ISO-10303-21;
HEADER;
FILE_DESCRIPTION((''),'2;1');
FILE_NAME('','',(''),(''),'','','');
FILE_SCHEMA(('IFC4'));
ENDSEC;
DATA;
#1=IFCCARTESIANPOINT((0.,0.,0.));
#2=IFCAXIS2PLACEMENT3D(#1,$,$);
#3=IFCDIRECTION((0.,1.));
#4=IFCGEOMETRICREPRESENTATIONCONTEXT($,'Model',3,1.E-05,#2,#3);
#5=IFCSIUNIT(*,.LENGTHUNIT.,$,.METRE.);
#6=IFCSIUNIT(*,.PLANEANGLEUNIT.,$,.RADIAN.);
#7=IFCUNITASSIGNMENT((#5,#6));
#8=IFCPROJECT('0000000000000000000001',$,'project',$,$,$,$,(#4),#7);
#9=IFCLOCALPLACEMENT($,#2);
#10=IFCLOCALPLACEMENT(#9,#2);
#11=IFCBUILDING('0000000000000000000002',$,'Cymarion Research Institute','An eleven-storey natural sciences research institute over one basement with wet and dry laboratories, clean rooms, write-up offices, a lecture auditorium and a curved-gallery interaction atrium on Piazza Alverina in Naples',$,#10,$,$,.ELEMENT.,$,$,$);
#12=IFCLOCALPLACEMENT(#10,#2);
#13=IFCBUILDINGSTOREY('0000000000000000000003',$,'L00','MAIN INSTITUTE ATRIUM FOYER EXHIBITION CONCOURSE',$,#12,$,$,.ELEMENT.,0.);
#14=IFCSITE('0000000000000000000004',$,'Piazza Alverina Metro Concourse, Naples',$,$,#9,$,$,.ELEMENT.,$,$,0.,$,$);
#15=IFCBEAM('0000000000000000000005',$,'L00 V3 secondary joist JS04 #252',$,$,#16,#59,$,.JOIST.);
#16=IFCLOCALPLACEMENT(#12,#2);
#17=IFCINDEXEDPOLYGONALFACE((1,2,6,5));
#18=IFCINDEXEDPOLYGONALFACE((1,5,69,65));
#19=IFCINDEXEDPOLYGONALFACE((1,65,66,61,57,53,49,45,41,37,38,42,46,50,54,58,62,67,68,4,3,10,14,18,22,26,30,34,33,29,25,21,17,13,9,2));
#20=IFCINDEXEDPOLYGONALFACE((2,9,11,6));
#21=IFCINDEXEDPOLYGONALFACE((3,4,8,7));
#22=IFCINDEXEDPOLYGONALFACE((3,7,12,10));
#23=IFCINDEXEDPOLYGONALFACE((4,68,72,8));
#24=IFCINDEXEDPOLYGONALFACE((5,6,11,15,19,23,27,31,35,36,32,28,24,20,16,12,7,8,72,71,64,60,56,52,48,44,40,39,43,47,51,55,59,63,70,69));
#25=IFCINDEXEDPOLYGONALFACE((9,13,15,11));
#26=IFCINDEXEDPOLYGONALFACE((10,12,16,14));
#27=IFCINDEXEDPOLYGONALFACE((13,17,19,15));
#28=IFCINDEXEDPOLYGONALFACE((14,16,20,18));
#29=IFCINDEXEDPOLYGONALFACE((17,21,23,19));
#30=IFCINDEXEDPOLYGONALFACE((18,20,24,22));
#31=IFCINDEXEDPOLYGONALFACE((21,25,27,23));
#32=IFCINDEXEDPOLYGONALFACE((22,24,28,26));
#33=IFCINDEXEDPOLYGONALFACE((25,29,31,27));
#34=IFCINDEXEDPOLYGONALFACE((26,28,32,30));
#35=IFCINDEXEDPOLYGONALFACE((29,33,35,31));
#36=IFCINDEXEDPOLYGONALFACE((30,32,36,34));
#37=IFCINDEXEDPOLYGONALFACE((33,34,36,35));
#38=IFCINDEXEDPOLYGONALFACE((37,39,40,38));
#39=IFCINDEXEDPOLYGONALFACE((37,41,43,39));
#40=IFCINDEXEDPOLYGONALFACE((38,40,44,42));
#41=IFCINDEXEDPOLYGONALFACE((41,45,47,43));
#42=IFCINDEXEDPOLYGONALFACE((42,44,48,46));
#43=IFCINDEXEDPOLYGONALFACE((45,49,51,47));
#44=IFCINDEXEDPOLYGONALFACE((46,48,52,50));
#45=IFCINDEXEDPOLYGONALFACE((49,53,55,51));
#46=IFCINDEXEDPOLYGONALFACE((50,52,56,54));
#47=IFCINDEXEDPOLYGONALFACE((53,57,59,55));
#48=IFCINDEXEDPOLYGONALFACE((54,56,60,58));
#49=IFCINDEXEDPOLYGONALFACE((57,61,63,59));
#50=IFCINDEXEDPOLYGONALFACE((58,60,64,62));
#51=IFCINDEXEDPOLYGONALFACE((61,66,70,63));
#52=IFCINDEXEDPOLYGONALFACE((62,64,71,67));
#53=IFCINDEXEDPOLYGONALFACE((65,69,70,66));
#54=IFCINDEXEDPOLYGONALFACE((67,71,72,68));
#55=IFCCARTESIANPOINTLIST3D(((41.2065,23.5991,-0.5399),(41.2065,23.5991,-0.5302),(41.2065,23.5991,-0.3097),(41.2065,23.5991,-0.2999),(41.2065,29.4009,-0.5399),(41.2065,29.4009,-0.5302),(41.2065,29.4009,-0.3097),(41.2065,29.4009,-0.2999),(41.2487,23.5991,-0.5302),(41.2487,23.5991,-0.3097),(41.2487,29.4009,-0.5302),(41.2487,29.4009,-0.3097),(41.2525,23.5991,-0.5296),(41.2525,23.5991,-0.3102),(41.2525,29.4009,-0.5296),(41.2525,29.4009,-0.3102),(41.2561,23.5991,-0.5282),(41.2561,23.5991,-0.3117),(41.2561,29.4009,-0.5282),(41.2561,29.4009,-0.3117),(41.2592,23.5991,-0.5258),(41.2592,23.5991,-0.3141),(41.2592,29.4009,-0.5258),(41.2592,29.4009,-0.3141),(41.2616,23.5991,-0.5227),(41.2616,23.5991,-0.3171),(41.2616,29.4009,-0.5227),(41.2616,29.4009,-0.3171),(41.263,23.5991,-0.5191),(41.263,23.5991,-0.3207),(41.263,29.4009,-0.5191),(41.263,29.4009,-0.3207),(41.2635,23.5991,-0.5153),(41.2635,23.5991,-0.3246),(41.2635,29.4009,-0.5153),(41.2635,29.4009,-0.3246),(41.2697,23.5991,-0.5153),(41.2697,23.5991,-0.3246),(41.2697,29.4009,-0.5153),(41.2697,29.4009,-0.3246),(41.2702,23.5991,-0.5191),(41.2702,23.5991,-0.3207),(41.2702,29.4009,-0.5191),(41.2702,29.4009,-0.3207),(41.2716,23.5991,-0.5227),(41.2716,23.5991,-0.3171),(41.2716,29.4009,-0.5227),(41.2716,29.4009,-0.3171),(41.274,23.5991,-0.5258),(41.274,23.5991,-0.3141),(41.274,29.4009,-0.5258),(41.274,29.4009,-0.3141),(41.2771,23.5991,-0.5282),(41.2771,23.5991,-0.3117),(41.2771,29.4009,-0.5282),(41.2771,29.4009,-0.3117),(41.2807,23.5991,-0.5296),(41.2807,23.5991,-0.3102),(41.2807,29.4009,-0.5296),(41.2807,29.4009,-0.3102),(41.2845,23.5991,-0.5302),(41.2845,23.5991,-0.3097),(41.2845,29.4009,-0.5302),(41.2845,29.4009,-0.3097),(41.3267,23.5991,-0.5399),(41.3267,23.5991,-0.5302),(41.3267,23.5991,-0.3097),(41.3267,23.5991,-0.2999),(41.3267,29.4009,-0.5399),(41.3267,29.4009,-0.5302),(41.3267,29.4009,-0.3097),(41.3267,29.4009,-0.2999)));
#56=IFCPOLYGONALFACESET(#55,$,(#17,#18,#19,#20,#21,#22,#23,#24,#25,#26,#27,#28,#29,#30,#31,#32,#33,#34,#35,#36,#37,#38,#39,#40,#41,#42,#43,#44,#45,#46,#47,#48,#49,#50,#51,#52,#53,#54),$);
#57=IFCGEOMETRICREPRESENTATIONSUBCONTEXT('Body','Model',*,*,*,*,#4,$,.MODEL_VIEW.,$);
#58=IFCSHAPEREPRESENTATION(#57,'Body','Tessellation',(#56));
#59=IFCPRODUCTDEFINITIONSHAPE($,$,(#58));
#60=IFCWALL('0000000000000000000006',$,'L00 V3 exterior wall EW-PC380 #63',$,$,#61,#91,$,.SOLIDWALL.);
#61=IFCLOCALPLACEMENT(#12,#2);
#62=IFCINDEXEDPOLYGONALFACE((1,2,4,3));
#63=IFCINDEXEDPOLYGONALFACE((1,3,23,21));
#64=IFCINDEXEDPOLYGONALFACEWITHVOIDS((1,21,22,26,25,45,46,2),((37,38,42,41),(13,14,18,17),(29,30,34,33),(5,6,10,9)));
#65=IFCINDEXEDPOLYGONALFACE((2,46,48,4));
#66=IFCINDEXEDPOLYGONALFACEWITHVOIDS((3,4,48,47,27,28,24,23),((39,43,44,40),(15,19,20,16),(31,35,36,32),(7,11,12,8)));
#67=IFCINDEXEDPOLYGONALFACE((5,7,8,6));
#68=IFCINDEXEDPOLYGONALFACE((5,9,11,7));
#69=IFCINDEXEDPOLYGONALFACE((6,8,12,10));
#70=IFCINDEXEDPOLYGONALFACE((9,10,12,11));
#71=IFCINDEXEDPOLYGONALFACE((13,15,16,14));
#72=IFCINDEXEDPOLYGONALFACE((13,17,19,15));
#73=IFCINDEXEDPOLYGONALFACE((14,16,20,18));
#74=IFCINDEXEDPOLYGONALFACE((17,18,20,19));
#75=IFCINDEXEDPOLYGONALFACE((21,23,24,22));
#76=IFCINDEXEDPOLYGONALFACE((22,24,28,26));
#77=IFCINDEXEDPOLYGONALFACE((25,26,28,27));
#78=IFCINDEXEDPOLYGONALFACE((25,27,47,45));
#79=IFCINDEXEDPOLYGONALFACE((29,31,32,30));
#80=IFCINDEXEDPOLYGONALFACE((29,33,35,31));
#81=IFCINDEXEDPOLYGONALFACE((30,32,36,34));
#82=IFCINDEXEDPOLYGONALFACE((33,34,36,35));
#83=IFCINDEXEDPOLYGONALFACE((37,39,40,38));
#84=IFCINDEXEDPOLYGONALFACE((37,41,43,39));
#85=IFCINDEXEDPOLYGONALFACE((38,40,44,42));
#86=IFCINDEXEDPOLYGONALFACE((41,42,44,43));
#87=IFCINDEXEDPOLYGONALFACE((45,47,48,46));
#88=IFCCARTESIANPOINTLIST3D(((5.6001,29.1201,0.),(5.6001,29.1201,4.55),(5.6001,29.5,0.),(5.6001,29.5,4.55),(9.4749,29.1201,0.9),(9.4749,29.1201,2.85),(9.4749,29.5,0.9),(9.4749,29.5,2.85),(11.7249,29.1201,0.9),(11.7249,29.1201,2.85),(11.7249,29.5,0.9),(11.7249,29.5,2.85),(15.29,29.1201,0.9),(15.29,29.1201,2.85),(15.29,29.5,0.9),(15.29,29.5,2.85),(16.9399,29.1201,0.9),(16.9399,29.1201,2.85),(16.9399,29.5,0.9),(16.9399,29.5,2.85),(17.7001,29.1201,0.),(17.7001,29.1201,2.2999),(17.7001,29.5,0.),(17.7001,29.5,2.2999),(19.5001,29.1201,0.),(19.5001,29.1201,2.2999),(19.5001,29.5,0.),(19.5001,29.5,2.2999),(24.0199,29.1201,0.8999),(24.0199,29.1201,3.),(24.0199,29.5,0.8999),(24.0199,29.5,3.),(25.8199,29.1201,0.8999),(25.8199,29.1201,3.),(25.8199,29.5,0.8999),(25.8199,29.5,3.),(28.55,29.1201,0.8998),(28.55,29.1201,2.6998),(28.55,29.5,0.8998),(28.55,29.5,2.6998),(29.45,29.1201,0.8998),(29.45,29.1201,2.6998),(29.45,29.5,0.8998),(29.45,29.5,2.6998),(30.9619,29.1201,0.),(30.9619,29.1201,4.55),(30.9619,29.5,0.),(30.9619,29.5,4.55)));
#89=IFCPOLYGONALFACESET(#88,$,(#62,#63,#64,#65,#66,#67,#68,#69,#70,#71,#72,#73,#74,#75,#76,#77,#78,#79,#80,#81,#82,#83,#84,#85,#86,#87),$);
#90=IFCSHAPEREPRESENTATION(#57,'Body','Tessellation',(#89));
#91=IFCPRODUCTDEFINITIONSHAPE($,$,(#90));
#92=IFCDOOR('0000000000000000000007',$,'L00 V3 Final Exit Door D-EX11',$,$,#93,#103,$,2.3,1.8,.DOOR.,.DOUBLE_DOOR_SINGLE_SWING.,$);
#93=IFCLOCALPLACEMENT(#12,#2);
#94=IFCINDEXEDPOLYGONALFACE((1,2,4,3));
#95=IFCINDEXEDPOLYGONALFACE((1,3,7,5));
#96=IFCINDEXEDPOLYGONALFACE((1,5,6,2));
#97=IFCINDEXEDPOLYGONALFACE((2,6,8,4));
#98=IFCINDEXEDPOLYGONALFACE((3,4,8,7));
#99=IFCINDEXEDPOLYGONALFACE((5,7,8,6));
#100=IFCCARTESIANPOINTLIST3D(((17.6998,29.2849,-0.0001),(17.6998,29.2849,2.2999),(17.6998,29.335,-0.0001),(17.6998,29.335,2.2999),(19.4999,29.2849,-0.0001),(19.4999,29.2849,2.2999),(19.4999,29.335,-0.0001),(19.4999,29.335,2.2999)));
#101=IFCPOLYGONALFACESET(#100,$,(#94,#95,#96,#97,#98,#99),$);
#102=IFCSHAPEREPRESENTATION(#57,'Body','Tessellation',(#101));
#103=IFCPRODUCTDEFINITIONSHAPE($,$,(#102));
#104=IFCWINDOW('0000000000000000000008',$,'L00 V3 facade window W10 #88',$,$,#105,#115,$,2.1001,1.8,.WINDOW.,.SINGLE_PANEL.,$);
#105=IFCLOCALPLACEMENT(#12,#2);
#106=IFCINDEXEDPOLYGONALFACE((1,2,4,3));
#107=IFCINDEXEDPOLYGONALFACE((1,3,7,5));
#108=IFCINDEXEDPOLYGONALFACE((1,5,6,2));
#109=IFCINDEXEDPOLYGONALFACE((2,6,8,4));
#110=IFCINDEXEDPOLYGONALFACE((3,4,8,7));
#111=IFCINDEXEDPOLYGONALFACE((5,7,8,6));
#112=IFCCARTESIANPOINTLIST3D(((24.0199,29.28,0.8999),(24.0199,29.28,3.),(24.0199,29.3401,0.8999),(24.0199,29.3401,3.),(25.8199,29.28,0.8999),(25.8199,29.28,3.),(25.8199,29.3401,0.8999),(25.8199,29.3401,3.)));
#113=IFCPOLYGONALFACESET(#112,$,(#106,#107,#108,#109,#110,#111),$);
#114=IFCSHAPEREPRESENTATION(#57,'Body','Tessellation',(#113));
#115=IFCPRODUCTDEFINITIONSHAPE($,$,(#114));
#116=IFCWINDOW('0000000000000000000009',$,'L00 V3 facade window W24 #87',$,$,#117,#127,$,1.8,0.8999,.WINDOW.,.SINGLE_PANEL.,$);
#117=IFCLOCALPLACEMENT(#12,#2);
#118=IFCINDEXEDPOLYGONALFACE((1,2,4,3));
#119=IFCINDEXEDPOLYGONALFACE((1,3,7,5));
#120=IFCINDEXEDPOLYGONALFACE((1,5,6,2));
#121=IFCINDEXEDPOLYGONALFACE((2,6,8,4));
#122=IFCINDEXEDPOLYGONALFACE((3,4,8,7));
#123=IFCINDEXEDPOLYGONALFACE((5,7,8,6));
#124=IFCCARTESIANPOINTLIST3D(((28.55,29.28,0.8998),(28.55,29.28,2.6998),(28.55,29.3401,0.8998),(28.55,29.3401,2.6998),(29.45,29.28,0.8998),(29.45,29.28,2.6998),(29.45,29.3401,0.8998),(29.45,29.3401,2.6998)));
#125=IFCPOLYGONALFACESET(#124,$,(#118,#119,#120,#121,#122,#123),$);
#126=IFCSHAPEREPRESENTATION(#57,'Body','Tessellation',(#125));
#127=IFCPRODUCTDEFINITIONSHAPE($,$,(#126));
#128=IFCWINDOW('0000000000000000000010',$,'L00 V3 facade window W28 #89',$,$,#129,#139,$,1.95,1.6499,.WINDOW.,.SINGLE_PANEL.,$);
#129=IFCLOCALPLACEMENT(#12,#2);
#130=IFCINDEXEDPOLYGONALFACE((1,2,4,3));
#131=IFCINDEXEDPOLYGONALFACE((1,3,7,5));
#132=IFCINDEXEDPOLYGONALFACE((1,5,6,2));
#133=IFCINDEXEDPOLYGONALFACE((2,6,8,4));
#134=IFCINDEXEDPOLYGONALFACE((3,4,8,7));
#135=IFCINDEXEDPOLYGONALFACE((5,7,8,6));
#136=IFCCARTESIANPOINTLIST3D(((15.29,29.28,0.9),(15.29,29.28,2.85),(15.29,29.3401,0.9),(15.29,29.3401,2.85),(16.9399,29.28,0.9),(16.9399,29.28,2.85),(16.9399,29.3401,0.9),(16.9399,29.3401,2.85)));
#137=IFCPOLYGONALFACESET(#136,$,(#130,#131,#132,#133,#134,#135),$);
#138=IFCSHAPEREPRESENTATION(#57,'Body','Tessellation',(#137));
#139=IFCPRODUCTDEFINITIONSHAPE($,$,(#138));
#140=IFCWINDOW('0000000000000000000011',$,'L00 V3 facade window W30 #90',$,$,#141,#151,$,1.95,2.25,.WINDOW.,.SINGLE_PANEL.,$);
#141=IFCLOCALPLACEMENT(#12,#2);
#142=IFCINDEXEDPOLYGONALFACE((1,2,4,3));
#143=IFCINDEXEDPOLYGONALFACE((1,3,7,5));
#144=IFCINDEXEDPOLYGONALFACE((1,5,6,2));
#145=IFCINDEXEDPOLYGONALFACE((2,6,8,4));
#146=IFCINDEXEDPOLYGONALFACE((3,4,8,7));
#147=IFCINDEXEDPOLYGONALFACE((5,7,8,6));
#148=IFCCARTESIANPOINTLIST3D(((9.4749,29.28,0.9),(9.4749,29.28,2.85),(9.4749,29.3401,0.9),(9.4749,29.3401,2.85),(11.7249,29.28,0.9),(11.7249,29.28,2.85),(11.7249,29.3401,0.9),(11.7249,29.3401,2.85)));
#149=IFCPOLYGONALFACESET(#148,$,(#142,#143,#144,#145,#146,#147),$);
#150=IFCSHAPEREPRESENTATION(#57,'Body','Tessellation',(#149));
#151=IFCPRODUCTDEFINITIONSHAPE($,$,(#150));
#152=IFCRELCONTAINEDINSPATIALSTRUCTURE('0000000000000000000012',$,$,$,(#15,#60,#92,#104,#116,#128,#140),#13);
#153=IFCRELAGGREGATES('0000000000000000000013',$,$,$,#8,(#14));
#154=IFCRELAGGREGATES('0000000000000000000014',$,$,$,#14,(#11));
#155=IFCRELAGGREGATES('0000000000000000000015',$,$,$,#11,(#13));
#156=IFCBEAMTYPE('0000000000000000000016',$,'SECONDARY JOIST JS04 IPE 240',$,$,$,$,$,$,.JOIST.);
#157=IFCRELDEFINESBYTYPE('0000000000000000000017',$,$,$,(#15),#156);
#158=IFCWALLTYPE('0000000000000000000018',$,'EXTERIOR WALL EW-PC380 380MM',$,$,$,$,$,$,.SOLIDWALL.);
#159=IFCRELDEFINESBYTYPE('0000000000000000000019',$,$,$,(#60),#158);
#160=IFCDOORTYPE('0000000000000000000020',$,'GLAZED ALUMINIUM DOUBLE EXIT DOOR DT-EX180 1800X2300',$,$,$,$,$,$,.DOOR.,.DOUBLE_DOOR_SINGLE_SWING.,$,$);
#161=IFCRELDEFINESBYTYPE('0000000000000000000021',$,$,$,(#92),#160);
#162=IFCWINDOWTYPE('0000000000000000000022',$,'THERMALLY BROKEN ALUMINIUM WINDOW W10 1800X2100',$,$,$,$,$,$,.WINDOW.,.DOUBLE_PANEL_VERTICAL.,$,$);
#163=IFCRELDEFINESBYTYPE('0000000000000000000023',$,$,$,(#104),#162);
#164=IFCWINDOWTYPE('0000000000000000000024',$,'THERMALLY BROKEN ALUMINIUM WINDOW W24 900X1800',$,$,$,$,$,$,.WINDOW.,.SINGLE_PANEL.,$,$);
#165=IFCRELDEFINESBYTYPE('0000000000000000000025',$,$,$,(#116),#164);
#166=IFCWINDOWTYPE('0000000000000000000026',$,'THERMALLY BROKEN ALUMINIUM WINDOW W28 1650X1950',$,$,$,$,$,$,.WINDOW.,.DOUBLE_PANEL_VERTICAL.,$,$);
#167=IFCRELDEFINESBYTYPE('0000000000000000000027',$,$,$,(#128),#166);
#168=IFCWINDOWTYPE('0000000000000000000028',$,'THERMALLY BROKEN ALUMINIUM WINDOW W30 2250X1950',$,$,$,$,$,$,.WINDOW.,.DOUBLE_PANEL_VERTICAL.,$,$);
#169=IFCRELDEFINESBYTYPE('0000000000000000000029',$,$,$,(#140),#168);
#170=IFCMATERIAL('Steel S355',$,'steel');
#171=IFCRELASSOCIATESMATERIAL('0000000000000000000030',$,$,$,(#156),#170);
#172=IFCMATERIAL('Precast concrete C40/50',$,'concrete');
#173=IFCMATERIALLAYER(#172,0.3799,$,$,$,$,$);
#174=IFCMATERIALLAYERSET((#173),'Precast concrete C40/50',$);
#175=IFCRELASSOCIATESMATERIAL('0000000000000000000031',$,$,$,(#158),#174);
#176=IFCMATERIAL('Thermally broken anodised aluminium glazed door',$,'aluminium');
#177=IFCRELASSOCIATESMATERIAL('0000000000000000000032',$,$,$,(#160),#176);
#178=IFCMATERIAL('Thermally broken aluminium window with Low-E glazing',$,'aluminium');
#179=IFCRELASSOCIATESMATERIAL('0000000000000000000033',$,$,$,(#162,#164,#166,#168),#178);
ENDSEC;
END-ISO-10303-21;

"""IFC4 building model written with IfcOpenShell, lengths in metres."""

from ifc_helpers import new_model, si_unit, direction, frame, frame_2d, origin, origin_2d, place, context, subcontext, project, spatial, rectangle, i_section, extrude, material, layer, layer_set, material_profile, profile_set, type_object, element, fill, save


model = new_model("IFC4")

# Units and contexts
model_context = context("Model", 3, precision=1e-05, world=origin(), true_north=direction((0.0, 1.0)))
body_context = subcontext(model_context, "Body", "Model", "MODEL_VIEW")
ifc_project = project(units=[si_unit("LENGTHUNIT", "METRE"), si_unit("PLANEANGLEUNIT", "RADIAN")], contexts=[model_context])

# Site, building, storey
site_placement = place(None, origin())
site = spatial("IfcSite", under=ifc_project, at=site_placement, Name="Piazza Alverina Metro Concourse, Naples", CompositionType="ELEMENT", RefElevation=0.0)
building_placement = place(site_placement, origin())
building = spatial("IfcBuilding", under=site, at=building_placement, Name="Cymarion Research Institute", Description="An eleven-storey natural sciences research institute over one basement with wet and dry laboratories, clean rooms, write-up offices, a lecture auditorium and a curved-gallery interaction atrium on Piazza Alverina in Naples", CompositionType="ELEMENT")
storey_placement = place(building_placement, origin())
storey = spatial("IfcBuildingStorey", under=building, at=storey_placement, Name="L00", Description="MAIN INSTITUTE ATRIUM FOYER EXHIBITION CONCOURSE", CompositionType="ELEMENT", Elevation=0.0)

# Shared definitions
ifc_material_1 = material(Name="Steel S355", Category="steel")

# Beam
ifc_material_profile_1 = material_profile(ifc_material_1, i_section(OverallWidth=0.1201, OverallDepth=0.24, WebThickness=0.0061, FlangeThickness=0.0098, FilletRadius=0.0149, at=origin_2d()), Name="IPE 240")
ifc_profile_set_1 = profile_set([ifc_material_profile_1], Name="Steel S355")
beam_type_1 = type_object("IfcBeamType", Name="SECONDARY JOIST JS04 IPE 240", PredefinedType="JOIST", material=ifc_profile_set_1)
for number, where, z_axis, x_axis, name in (
    (1, (41.2666, 23.5991, -0.4199), (0.0, 1.0, 0.0), (-1.0, 0.0, 0.0), "L00 V3 secondary joist JS04 #252"),
):
    element("IfcBeam", number, at=place(storey_placement, frame(where, z_axis=z_axis, x_axis=x_axis)), inside=storey, type_object=beam_type_1, Name=name, PredefinedType="JOIST", context=body_context, shape_type="SweptSolid", body=[
        extrude(i_section(OverallWidth=0.1201, OverallDepth=0.24, WebThickness=0.0061, FlangeThickness=0.0098, FilletRadius=0.0149, at=origin_2d()), origin(), (0.0, 0.0, 1.0), 5.8018),
    ])

# Wall, openings, door, windows
ifc_material_2 = material(Name="Precast concrete C40/50", Category="concrete")
ifc_layer_1 = layer(ifc_material_2, 0.3799)
ifc_layer_set_1 = layer_set([ifc_layer_1], Name="Precast concrete C40/50")
wall_type_1 = type_object("IfcWallType", Name="EXTERIOR WALL EW-PC380 380MM", PredefinedType="SOLIDWALL", material=ifc_layer_set_1)
wall_1_placement = place(storey_placement, frame((30.9619, 29.3101, 0.0), z_axis=(0.0, 0.0, 1.0), x_axis=(-1.0, 0.0, 0.0)))
wall_1 = element("IfcWall", 2, at=wall_1_placement, inside=storey, type_object=wall_type_1, Name="L00 V3 exterior wall EW-PC380 #63", PredefinedType="SOLIDWALL", context=body_context, shape_type="SweptSolid", body=[
    extrude(rectangle(XDim=25.3618, YDim=0.3799, at=frame_2d((12.6809, 0.0))), origin(), (0.0, 0.0, 1.0), 4.55),
])
opening_1_placement = place(wall_1_placement, frame((11.4619, 0.0, 0.0)))
opening_1 = element("IfcOpeningElement", 3, at=opening_1_placement, cuts=wall_1, PredefinedType="OPENING", context=body_context, shape_type="SweptSolid", body=[
    extrude(rectangle(XDim=1.8, YDim=2.3, at=frame_2d((0.8999, 1.1499))), frame((0.0, 0.2, 0.0), z_axis=(0.0, -1.0, 0.0), x_axis=(1.0, 0.0, 0.0)), (0.0, 0.0, 1.0), 0.3999),
])
opening_2_placement = place(wall_1_placement, frame((1.512, 0.0, 0.8999)))
opening_2 = element("IfcOpeningElement", 4, at=opening_2_placement, cuts=wall_1, PredefinedType="OPENING", context=body_context, shape_type="SweptSolid", body=[
    extrude(rectangle(XDim=0.8999, YDim=1.8, at=frame_2d((0.45, 0.8999))), frame((0.0, 0.2, 0.0), z_axis=(0.0, -1.0, 0.0), x_axis=(1.0, 0.0, 0.0)), (0.0, 0.0, 1.0), 0.3999),
])
opening_3_placement = place(wall_1_placement, frame((5.1421, 0.0, 0.8999)))
opening_3 = element("IfcOpeningElement", 5, at=opening_3_placement, cuts=wall_1, PredefinedType="OPENING", context=body_context, shape_type="SweptSolid", body=[
    extrude(rectangle(XDim=1.8, YDim=2.1001, at=frame_2d((0.8999, 1.05))), frame((0.0, 0.2, 0.0), z_axis=(0.0, -1.0, 0.0), x_axis=(1.0, 0.0, 0.0)), (0.0, 0.0, 1.0), 0.3999),
])
opening_4_placement = place(wall_1_placement, frame((14.022, 0.0, 0.8999)))
opening_4 = element("IfcOpeningElement", 6, at=opening_4_placement, cuts=wall_1, PredefinedType="OPENING", context=body_context, shape_type="SweptSolid", body=[
    extrude(rectangle(XDim=1.6499, YDim=1.95, at=frame_2d((0.825, 0.9751))), frame((0.0, 0.2, 0.0), z_axis=(0.0, -1.0, 0.0), x_axis=(1.0, 0.0, 0.0)), (0.0, 0.0, 1.0), 0.3999),
])
opening_5_placement = place(wall_1_placement, frame((19.2371, 0.0, 0.8999)))
opening_5 = element("IfcOpeningElement", 7, at=opening_5_placement, cuts=wall_1, PredefinedType="OPENING", context=body_context, shape_type="SweptSolid", body=[
    extrude(rectangle(XDim=2.25, YDim=1.95, at=frame_2d((1.125, 0.9751))), frame((0.0, 0.2, 0.0), z_axis=(0.0, -1.0, 0.0), x_axis=(1.0, 0.0, 0.0)), (0.0, 0.0, 1.0), 0.3999),
])
ifc_material_3 = material(Name="Thermally broken anodised aluminium glazed door", Category="aluminium")
door_type_1 = type_object("IfcDoorType", Name="GLAZED ALUMINIUM DOUBLE EXIT DOOR DT-EX180 1800X2300", OperationType="DOUBLE_DOOR_SINGLE_SWING", PredefinedType="DOOR", material=ifc_material_3)
door_1_placement = place(opening_1_placement, frame((1.8, 0.0, 0.0), z_axis=(0.0, 0.0, 1.0), x_axis=(-1.0, 0.0, 0.0)))
door_1 = element("IfcDoor", 8, at=door_1_placement, inside=storey, type_object=door_type_1, Name="L00 V3 Final Exit Door D-EX11", OperationType="DOUBLE_DOOR_SINGLE_SWING", OverallHeight=2.3, OverallWidth=1.8, PredefinedType="DOOR", context=body_context, shape_type="SweptSolid", body=[
    extrude(rectangle(XDim=1.8, YDim=2.3, at=frame_2d((0.8999, 1.1499))), frame((0.0, 0.0249, 0.0), z_axis=(0.0, -1.0, 0.0), x_axis=(1.0, 0.0, 0.0)), (0.0, 0.0, 1.0), 0.05),
])
fill(opening_1, door_1)
ifc_material_4 = material(Name="Thermally broken aluminium window with Low-E glazing", Category="aluminium")
window_type_1 = type_object("IfcWindowType", Name="THERMALLY BROKEN ALUMINIUM WINDOW W10 1800X2100", PartitioningType="DOUBLE_PANEL_VERTICAL", PredefinedType="WINDOW", material=ifc_material_4)
window_1_placement = place(opening_3_placement, origin())
window_1 = element("IfcWindow", 9, at=window_1_placement, inside=storey, type_object=window_type_1, Name="L00 V3 facade window W10 #88", OverallHeight=2.1001, OverallWidth=1.8, PartitioningType="SINGLE_PANEL", PredefinedType="WINDOW", context=body_context, shape_type="SweptSolid", body=[
    extrude(rectangle(XDim=1.8, YDim=2.1001, at=frame_2d((0.8999, 1.05))), frame((0.0, 0.03, 0.0), z_axis=(0.0, -1.0, 0.0), x_axis=(1.0, 0.0, 0.0)), (0.0, 0.0, 1.0), 0.0601),
])
fill(opening_3, window_1)
window_type_2 = type_object("IfcWindowType", Name="THERMALLY BROKEN ALUMINIUM WINDOW W24 900X1800", PartitioningType="SINGLE_PANEL", PredefinedType="WINDOW", material=ifc_material_4)
window_2_placement = place(opening_2_placement, origin())
window_2 = element("IfcWindow", 10, at=window_2_placement, inside=storey, type_object=window_type_2, Name="L00 V3 facade window W24 #87", OverallHeight=1.8, OverallWidth=0.8999, PartitioningType="SINGLE_PANEL", PredefinedType="WINDOW", context=body_context, shape_type="SweptSolid", body=[
    extrude(rectangle(XDim=0.8999, YDim=1.8, at=frame_2d((0.45, 0.8999))), frame((0.0, 0.03, 0.0), z_axis=(0.0, -1.0, 0.0), x_axis=(1.0, 0.0, 0.0)), (0.0, 0.0, 1.0), 0.0601),
])
fill(opening_2, window_2)
window_type_3 = type_object("IfcWindowType", Name="THERMALLY BROKEN ALUMINIUM WINDOW W28 1650X1950", PartitioningType="DOUBLE_PANEL_VERTICAL", PredefinedType="WINDOW", material=ifc_material_4)
window_3_placement = place(opening_4_placement, origin())
window_3 = element("IfcWindow", 11, at=window_3_placement, inside=storey, type_object=window_type_3, Name="L00 V3 facade window W28 #89", OverallHeight=1.95, OverallWidth=1.6499, PartitioningType="SINGLE_PANEL", PredefinedType="WINDOW", context=body_context, shape_type="SweptSolid", body=[
    extrude(rectangle(XDim=1.6499, YDim=1.95, at=frame_2d((0.825, 0.9751))), frame((0.0, 0.03, 0.0), z_axis=(0.0, -1.0, 0.0), x_axis=(1.0, 0.0, 0.0)), (0.0, 0.0, 1.0), 0.0601),
])
fill(opening_4, window_3)
window_type_4 = type_object("IfcWindowType", Name="THERMALLY BROKEN ALUMINIUM WINDOW W30 2250X1950", PartitioningType="DOUBLE_PANEL_VERTICAL", PredefinedType="WINDOW", material=ifc_material_4)
window_4_placement = place(opening_5_placement, origin())
window_4 = element("IfcWindow", 12, at=window_4_placement, inside=storey, type_object=window_type_4, Name="L00 V3 facade window W30 #90", OverallHeight=1.95, OverallWidth=2.25, PartitioningType="SINGLE_PANEL", PredefinedType="WINDOW", context=body_context, shape_type="SweptSolid", body=[
    extrude(rectangle(XDim=2.25, YDim=1.95, at=frame_2d((1.125, 0.9751))), frame((0.0, 0.03, 0.0), z_axis=(0.0, -1.0, 0.0), x_axis=(1.0, 0.0, 0.0)), (0.0, 0.0, 1.0), 0.0601),
])
fill(opening_5, window_4)

save(model, "model.ifc")
